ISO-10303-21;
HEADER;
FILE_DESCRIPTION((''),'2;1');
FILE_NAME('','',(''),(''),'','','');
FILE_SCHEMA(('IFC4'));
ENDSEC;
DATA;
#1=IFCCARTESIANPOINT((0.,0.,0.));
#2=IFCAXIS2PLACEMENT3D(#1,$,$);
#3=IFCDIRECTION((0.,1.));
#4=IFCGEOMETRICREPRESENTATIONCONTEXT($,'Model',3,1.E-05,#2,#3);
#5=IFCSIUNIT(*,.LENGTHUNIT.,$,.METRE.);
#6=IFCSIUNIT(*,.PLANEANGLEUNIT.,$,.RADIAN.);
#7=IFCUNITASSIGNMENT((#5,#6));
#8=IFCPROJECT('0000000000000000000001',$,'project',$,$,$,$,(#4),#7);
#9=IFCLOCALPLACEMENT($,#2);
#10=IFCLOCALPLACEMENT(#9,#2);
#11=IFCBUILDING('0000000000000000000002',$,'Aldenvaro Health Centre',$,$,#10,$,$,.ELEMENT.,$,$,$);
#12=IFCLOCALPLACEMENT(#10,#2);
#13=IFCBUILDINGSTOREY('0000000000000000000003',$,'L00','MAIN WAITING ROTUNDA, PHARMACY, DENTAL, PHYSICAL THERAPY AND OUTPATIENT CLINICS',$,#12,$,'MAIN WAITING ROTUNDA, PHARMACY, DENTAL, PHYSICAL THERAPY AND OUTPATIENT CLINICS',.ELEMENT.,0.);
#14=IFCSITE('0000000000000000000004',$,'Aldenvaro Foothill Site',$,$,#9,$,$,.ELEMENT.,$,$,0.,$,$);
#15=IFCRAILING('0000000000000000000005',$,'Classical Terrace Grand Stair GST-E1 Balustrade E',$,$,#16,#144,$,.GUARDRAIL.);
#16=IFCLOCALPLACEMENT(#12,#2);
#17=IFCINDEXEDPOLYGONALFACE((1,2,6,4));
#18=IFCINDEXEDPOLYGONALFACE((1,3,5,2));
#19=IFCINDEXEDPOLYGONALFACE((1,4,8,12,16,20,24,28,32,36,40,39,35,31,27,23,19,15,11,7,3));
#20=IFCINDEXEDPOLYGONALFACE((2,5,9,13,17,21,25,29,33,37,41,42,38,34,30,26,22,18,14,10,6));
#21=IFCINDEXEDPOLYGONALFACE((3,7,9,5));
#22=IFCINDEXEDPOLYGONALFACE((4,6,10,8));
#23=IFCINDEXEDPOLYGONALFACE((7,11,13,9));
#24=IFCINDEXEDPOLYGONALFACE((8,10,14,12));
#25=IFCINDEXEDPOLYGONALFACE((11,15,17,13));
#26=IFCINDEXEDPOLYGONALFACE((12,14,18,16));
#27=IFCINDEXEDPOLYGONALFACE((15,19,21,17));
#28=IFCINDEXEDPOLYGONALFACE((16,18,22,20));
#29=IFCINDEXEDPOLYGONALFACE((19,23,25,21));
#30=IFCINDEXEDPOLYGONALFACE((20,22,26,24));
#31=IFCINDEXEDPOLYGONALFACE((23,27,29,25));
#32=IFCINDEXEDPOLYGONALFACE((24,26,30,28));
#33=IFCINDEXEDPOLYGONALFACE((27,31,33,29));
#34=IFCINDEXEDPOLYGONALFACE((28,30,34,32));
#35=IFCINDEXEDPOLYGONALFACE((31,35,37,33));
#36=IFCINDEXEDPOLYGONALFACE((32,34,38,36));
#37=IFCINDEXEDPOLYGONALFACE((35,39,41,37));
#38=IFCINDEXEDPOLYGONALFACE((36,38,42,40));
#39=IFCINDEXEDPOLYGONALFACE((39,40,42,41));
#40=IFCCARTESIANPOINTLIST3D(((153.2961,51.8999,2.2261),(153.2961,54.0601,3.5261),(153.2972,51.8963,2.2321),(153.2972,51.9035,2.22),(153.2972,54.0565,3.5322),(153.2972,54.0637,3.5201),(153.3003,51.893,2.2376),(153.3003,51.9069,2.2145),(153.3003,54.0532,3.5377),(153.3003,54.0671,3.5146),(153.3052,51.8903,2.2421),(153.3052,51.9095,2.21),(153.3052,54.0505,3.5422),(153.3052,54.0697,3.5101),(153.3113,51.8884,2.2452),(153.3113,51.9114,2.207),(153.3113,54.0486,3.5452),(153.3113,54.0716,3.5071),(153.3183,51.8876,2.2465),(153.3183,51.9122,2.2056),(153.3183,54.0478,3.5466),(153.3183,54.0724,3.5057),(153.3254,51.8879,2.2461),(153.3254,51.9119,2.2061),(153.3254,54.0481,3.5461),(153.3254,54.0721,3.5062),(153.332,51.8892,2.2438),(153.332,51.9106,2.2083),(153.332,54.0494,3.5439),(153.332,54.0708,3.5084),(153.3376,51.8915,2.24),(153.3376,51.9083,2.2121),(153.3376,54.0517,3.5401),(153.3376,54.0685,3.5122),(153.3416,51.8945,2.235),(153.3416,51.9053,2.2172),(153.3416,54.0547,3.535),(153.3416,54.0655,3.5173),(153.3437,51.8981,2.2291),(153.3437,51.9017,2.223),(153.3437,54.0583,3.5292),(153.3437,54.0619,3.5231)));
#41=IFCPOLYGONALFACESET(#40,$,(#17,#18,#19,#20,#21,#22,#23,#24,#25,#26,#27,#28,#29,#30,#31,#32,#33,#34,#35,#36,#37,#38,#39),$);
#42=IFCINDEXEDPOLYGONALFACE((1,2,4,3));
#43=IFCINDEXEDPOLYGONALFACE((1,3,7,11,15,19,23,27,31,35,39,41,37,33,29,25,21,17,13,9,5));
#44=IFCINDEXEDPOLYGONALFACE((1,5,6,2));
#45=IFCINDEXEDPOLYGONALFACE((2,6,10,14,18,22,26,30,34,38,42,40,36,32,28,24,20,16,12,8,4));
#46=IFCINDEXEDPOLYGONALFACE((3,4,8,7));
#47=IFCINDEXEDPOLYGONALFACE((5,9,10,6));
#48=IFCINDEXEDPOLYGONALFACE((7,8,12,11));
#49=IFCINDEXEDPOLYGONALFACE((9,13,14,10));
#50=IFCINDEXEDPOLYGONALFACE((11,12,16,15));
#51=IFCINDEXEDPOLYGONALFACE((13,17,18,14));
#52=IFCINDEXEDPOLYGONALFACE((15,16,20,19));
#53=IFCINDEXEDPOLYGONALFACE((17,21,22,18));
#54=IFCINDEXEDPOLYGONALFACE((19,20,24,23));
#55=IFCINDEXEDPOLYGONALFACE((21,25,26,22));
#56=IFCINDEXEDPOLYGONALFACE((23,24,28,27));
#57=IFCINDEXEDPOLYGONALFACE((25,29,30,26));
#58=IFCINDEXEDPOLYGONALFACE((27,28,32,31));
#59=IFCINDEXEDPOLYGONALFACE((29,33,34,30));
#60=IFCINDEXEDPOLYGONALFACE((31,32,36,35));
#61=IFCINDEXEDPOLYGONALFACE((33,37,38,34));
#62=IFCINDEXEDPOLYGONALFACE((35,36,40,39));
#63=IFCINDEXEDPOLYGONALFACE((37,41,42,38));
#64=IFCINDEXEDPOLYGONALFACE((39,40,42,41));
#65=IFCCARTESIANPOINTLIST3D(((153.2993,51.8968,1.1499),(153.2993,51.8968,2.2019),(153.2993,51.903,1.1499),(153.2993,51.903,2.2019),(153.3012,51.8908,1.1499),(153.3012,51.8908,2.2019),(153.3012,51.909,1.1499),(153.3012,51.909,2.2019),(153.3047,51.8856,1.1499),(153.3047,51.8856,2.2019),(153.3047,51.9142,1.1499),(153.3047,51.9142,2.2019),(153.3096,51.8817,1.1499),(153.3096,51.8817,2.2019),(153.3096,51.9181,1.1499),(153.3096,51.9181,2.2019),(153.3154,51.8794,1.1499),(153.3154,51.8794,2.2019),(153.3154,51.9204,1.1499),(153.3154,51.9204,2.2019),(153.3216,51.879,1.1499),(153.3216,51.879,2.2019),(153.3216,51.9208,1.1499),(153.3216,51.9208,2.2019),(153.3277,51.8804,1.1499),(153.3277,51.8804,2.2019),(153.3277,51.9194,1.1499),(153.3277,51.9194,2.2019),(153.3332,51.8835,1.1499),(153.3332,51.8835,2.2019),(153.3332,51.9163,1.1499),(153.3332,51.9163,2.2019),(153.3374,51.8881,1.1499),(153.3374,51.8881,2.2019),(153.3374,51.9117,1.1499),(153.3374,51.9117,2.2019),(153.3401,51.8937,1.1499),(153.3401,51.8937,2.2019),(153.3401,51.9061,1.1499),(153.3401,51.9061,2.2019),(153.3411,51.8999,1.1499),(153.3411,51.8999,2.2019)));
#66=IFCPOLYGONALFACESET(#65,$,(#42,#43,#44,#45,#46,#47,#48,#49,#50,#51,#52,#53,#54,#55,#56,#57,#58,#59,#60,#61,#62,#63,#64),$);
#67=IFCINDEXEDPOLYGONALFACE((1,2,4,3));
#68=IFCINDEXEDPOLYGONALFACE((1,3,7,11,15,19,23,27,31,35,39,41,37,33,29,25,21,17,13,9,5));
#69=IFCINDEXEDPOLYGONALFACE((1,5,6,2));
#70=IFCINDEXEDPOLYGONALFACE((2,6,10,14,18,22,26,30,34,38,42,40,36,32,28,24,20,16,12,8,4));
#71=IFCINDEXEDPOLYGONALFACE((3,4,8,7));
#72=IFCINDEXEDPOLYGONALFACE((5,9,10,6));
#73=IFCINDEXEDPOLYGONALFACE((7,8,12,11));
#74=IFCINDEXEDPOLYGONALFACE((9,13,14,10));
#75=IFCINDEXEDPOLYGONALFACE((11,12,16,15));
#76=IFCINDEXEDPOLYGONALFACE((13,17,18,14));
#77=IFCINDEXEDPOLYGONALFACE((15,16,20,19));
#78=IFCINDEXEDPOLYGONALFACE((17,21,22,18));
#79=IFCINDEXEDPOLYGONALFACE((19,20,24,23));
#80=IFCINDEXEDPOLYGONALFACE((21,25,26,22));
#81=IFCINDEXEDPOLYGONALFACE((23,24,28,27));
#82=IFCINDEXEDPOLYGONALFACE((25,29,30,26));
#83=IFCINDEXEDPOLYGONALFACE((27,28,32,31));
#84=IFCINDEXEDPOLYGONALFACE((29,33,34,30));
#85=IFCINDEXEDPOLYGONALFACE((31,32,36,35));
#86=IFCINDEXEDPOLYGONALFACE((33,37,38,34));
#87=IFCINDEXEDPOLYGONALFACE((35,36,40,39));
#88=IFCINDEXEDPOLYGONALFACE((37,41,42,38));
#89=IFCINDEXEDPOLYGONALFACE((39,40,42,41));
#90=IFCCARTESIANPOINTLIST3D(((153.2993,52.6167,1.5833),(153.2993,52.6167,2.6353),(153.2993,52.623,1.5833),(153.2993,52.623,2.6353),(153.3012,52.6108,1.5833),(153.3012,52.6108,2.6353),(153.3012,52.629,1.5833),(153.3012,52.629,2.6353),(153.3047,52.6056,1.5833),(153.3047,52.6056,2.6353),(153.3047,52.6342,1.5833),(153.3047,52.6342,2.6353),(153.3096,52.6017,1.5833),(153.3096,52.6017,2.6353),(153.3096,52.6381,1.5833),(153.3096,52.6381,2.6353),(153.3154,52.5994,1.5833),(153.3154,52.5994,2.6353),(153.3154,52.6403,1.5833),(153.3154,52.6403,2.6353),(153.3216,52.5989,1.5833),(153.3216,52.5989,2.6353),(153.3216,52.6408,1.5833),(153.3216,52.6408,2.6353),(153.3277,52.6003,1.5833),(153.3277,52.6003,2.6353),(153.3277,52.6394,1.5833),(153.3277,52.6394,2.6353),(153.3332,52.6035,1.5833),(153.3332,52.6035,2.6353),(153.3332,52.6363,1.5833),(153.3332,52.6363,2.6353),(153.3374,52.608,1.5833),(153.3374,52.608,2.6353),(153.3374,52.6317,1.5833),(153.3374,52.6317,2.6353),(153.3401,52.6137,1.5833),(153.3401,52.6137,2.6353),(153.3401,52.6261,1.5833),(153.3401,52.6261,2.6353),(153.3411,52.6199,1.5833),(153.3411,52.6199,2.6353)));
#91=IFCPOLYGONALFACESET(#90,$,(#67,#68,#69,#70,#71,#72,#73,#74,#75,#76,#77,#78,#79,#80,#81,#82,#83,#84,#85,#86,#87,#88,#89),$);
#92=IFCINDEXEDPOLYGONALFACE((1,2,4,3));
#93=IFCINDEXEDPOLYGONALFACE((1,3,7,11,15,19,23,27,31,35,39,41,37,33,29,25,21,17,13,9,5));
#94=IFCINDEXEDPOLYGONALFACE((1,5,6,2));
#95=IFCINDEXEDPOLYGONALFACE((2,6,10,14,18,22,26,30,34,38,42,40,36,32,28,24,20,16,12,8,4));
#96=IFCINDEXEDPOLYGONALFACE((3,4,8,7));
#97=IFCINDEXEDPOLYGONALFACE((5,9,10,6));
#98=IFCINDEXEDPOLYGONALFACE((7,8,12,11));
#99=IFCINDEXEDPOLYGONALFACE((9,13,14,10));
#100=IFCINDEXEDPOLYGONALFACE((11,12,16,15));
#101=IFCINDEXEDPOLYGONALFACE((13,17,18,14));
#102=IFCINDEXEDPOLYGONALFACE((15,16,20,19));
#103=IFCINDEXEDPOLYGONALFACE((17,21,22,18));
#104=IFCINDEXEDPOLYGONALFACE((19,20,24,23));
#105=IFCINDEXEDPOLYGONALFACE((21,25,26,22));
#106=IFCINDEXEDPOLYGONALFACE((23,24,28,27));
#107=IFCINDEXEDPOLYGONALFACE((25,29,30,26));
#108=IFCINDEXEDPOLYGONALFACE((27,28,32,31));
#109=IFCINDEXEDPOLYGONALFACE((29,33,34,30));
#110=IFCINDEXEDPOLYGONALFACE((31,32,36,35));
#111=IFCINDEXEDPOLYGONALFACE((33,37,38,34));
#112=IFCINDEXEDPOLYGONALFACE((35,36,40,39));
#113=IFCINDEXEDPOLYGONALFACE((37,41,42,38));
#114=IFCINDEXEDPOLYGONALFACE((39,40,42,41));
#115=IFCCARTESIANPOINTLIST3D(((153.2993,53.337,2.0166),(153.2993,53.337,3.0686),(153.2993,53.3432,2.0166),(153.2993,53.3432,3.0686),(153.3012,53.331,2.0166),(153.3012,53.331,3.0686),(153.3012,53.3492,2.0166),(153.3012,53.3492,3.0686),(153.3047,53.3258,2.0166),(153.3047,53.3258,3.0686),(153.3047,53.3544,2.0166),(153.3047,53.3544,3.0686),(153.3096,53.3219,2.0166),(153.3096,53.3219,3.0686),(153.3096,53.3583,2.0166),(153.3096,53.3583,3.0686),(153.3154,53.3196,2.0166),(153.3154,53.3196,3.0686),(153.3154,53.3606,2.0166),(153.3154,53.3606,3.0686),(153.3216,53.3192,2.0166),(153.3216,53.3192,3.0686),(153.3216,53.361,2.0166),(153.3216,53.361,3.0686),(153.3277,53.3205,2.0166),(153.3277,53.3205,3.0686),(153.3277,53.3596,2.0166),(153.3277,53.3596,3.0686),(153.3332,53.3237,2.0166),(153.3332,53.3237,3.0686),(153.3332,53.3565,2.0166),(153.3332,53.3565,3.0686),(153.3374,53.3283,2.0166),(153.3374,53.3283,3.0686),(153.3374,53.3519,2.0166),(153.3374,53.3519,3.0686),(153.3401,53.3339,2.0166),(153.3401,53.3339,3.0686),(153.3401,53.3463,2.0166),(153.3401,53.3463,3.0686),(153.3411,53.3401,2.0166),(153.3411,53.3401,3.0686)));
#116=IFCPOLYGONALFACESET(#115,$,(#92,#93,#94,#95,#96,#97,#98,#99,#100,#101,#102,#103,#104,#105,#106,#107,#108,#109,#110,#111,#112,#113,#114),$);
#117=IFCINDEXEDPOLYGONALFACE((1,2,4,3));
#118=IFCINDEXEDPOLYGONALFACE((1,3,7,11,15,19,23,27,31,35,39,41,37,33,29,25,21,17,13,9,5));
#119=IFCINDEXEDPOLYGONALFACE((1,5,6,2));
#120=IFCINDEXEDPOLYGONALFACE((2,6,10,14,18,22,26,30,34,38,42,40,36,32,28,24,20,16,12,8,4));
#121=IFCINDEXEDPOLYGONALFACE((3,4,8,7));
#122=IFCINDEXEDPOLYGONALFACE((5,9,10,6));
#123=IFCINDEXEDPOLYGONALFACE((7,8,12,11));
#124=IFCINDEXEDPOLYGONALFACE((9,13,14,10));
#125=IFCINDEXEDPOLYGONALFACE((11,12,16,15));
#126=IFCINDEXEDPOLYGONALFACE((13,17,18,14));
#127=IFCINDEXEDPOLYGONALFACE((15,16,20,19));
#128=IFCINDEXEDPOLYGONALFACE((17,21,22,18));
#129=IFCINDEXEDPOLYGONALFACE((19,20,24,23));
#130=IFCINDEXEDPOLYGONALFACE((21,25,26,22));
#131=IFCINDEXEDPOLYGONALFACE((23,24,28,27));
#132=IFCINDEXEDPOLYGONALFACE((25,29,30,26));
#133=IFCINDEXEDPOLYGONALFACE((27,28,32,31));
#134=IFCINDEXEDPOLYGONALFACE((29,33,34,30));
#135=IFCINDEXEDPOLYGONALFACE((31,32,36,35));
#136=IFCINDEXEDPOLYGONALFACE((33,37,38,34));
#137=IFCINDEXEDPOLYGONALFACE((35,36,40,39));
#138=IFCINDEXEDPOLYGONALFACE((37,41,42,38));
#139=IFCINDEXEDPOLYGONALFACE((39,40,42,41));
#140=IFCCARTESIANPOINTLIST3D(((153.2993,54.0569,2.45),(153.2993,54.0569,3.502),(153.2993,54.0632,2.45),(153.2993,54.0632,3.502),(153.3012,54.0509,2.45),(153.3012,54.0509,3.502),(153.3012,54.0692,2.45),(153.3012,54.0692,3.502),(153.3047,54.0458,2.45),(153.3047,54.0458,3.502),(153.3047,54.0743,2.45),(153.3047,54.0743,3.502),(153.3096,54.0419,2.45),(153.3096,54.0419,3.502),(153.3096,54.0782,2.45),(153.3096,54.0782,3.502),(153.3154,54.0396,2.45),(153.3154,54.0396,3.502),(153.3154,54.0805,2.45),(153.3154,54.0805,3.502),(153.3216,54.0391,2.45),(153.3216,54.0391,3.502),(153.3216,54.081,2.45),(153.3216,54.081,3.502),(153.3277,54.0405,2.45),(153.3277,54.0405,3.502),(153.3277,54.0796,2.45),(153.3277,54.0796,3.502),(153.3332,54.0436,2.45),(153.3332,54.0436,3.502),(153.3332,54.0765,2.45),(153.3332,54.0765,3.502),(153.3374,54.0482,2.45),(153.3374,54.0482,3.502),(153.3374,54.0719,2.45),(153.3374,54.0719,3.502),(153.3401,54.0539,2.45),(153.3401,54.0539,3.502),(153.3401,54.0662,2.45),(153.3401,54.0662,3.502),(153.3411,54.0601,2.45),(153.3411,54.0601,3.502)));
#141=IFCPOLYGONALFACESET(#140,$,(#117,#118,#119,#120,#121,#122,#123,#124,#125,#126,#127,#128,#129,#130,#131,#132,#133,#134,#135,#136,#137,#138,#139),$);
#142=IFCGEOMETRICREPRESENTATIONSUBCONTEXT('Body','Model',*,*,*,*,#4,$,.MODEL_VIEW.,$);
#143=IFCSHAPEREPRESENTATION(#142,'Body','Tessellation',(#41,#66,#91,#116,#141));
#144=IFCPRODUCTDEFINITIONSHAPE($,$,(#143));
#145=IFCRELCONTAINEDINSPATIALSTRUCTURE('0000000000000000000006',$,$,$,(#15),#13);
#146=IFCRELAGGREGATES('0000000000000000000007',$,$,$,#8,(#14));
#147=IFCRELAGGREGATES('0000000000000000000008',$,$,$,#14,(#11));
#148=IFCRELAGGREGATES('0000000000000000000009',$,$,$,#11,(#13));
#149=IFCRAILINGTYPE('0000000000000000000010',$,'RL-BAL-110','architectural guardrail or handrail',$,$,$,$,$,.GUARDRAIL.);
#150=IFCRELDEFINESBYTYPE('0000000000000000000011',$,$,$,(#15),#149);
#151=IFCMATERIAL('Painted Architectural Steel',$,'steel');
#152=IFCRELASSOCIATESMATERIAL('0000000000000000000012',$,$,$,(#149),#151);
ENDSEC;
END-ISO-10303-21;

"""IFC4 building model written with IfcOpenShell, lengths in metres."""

from ifc_helpers import new_model, si_unit, direction, frame, origin, origin_2d, place, context, subcontext, project, spatial, circle, extrude, material, type_object, element, save


model = new_model("IFC4")

# Units and contexts
model_context = context("Model", 3, precision=1e-05, world=origin(), true_north=direction((0.0, 1.0)))
body_context = subcontext(model_context, "Body", "Model", "MODEL_VIEW")
ifc_project = project(units=[si_unit("LENGTHUNIT", "METRE"), si_unit("PLANEANGLEUNIT", "RADIAN")], contexts=[model_context])

# Site, building, storey
site_placement = place(None, origin())
site = spatial("IfcSite", under=ifc_project, at=site_placement, Name="Aldenvaro Foothill Site", CompositionType="ELEMENT", RefElevation=0.0)
building_placement = place(site_placement, origin())
building = spatial("IfcBuilding", under=site, at=building_placement, Name="Aldenvaro Health Centre", CompositionType="ELEMENT")
storey_placement = place(building_placement, origin())
storey = spatial("IfcBuildingStorey", under=building, at=storey_placement, Name="L00", Description="MAIN WAITING ROTUNDA, PHARMACY, DENTAL, PHYSICAL THERAPY AND OUTPATIENT CLINICS", LongName="MAIN WAITING ROTUNDA, PHARMACY, DENTAL, PHYSICAL THERAPY AND OUTPATIENT CLINICS", CompositionType="ELEMENT", Elevation=0.0)

# Railing
ifc_material_1 = material(Name="Painted Architectural Steel", Category="steel")
railing_type = type_object("IfcRailingType", Name="RL-BAL-110", Description="architectural guardrail or handrail", PredefinedType="GUARDRAIL", material=ifc_material_1)
for number, where, name in (
    (1, (153.3201, 51.8999, 1.1499), "Classical Terrace Grand Stair GST-E1 Balustrade E"),
):
    element("IfcRailing", number, at=place(storey_placement, frame(where)), inside=storey, type_object=railing_type, Name=name, PredefinedType="GUARDRAIL", context=body_context, shape_type="SweptSolid", body=[
        extrude(circle(Radius=0.0239, at=origin_2d()), frame((0.0, 0.0, 1.0762), z_axis=(0.0, 0.8568, 0.515649), x_axis=(-1.0, 0.0, 0.0)), (0.0, 0.0, 1.0), 2.5212),
        extrude(circle(Radius=0.021, at=origin_2d()), origin(), (0.0, 0.0, 1.0), 1.052),
        extrude(circle(Radius=0.021, at=origin_2d()), frame((0.0, 0.72, 0.4333)), (0.0, 0.0, 1.0), 1.052),
        extrude(circle(Radius=0.021, at=origin_2d()), frame((0.0, 1.4402, 0.8667)), (0.0, 0.0, 1.0), 1.052),
        extrude(circle(Radius=0.021, at=origin_2d()), frame((0.0, 2.1602, 1.3)), (0.0, 0.0, 1.0), 1.052),
    ])

save(model, "model.ifc")
